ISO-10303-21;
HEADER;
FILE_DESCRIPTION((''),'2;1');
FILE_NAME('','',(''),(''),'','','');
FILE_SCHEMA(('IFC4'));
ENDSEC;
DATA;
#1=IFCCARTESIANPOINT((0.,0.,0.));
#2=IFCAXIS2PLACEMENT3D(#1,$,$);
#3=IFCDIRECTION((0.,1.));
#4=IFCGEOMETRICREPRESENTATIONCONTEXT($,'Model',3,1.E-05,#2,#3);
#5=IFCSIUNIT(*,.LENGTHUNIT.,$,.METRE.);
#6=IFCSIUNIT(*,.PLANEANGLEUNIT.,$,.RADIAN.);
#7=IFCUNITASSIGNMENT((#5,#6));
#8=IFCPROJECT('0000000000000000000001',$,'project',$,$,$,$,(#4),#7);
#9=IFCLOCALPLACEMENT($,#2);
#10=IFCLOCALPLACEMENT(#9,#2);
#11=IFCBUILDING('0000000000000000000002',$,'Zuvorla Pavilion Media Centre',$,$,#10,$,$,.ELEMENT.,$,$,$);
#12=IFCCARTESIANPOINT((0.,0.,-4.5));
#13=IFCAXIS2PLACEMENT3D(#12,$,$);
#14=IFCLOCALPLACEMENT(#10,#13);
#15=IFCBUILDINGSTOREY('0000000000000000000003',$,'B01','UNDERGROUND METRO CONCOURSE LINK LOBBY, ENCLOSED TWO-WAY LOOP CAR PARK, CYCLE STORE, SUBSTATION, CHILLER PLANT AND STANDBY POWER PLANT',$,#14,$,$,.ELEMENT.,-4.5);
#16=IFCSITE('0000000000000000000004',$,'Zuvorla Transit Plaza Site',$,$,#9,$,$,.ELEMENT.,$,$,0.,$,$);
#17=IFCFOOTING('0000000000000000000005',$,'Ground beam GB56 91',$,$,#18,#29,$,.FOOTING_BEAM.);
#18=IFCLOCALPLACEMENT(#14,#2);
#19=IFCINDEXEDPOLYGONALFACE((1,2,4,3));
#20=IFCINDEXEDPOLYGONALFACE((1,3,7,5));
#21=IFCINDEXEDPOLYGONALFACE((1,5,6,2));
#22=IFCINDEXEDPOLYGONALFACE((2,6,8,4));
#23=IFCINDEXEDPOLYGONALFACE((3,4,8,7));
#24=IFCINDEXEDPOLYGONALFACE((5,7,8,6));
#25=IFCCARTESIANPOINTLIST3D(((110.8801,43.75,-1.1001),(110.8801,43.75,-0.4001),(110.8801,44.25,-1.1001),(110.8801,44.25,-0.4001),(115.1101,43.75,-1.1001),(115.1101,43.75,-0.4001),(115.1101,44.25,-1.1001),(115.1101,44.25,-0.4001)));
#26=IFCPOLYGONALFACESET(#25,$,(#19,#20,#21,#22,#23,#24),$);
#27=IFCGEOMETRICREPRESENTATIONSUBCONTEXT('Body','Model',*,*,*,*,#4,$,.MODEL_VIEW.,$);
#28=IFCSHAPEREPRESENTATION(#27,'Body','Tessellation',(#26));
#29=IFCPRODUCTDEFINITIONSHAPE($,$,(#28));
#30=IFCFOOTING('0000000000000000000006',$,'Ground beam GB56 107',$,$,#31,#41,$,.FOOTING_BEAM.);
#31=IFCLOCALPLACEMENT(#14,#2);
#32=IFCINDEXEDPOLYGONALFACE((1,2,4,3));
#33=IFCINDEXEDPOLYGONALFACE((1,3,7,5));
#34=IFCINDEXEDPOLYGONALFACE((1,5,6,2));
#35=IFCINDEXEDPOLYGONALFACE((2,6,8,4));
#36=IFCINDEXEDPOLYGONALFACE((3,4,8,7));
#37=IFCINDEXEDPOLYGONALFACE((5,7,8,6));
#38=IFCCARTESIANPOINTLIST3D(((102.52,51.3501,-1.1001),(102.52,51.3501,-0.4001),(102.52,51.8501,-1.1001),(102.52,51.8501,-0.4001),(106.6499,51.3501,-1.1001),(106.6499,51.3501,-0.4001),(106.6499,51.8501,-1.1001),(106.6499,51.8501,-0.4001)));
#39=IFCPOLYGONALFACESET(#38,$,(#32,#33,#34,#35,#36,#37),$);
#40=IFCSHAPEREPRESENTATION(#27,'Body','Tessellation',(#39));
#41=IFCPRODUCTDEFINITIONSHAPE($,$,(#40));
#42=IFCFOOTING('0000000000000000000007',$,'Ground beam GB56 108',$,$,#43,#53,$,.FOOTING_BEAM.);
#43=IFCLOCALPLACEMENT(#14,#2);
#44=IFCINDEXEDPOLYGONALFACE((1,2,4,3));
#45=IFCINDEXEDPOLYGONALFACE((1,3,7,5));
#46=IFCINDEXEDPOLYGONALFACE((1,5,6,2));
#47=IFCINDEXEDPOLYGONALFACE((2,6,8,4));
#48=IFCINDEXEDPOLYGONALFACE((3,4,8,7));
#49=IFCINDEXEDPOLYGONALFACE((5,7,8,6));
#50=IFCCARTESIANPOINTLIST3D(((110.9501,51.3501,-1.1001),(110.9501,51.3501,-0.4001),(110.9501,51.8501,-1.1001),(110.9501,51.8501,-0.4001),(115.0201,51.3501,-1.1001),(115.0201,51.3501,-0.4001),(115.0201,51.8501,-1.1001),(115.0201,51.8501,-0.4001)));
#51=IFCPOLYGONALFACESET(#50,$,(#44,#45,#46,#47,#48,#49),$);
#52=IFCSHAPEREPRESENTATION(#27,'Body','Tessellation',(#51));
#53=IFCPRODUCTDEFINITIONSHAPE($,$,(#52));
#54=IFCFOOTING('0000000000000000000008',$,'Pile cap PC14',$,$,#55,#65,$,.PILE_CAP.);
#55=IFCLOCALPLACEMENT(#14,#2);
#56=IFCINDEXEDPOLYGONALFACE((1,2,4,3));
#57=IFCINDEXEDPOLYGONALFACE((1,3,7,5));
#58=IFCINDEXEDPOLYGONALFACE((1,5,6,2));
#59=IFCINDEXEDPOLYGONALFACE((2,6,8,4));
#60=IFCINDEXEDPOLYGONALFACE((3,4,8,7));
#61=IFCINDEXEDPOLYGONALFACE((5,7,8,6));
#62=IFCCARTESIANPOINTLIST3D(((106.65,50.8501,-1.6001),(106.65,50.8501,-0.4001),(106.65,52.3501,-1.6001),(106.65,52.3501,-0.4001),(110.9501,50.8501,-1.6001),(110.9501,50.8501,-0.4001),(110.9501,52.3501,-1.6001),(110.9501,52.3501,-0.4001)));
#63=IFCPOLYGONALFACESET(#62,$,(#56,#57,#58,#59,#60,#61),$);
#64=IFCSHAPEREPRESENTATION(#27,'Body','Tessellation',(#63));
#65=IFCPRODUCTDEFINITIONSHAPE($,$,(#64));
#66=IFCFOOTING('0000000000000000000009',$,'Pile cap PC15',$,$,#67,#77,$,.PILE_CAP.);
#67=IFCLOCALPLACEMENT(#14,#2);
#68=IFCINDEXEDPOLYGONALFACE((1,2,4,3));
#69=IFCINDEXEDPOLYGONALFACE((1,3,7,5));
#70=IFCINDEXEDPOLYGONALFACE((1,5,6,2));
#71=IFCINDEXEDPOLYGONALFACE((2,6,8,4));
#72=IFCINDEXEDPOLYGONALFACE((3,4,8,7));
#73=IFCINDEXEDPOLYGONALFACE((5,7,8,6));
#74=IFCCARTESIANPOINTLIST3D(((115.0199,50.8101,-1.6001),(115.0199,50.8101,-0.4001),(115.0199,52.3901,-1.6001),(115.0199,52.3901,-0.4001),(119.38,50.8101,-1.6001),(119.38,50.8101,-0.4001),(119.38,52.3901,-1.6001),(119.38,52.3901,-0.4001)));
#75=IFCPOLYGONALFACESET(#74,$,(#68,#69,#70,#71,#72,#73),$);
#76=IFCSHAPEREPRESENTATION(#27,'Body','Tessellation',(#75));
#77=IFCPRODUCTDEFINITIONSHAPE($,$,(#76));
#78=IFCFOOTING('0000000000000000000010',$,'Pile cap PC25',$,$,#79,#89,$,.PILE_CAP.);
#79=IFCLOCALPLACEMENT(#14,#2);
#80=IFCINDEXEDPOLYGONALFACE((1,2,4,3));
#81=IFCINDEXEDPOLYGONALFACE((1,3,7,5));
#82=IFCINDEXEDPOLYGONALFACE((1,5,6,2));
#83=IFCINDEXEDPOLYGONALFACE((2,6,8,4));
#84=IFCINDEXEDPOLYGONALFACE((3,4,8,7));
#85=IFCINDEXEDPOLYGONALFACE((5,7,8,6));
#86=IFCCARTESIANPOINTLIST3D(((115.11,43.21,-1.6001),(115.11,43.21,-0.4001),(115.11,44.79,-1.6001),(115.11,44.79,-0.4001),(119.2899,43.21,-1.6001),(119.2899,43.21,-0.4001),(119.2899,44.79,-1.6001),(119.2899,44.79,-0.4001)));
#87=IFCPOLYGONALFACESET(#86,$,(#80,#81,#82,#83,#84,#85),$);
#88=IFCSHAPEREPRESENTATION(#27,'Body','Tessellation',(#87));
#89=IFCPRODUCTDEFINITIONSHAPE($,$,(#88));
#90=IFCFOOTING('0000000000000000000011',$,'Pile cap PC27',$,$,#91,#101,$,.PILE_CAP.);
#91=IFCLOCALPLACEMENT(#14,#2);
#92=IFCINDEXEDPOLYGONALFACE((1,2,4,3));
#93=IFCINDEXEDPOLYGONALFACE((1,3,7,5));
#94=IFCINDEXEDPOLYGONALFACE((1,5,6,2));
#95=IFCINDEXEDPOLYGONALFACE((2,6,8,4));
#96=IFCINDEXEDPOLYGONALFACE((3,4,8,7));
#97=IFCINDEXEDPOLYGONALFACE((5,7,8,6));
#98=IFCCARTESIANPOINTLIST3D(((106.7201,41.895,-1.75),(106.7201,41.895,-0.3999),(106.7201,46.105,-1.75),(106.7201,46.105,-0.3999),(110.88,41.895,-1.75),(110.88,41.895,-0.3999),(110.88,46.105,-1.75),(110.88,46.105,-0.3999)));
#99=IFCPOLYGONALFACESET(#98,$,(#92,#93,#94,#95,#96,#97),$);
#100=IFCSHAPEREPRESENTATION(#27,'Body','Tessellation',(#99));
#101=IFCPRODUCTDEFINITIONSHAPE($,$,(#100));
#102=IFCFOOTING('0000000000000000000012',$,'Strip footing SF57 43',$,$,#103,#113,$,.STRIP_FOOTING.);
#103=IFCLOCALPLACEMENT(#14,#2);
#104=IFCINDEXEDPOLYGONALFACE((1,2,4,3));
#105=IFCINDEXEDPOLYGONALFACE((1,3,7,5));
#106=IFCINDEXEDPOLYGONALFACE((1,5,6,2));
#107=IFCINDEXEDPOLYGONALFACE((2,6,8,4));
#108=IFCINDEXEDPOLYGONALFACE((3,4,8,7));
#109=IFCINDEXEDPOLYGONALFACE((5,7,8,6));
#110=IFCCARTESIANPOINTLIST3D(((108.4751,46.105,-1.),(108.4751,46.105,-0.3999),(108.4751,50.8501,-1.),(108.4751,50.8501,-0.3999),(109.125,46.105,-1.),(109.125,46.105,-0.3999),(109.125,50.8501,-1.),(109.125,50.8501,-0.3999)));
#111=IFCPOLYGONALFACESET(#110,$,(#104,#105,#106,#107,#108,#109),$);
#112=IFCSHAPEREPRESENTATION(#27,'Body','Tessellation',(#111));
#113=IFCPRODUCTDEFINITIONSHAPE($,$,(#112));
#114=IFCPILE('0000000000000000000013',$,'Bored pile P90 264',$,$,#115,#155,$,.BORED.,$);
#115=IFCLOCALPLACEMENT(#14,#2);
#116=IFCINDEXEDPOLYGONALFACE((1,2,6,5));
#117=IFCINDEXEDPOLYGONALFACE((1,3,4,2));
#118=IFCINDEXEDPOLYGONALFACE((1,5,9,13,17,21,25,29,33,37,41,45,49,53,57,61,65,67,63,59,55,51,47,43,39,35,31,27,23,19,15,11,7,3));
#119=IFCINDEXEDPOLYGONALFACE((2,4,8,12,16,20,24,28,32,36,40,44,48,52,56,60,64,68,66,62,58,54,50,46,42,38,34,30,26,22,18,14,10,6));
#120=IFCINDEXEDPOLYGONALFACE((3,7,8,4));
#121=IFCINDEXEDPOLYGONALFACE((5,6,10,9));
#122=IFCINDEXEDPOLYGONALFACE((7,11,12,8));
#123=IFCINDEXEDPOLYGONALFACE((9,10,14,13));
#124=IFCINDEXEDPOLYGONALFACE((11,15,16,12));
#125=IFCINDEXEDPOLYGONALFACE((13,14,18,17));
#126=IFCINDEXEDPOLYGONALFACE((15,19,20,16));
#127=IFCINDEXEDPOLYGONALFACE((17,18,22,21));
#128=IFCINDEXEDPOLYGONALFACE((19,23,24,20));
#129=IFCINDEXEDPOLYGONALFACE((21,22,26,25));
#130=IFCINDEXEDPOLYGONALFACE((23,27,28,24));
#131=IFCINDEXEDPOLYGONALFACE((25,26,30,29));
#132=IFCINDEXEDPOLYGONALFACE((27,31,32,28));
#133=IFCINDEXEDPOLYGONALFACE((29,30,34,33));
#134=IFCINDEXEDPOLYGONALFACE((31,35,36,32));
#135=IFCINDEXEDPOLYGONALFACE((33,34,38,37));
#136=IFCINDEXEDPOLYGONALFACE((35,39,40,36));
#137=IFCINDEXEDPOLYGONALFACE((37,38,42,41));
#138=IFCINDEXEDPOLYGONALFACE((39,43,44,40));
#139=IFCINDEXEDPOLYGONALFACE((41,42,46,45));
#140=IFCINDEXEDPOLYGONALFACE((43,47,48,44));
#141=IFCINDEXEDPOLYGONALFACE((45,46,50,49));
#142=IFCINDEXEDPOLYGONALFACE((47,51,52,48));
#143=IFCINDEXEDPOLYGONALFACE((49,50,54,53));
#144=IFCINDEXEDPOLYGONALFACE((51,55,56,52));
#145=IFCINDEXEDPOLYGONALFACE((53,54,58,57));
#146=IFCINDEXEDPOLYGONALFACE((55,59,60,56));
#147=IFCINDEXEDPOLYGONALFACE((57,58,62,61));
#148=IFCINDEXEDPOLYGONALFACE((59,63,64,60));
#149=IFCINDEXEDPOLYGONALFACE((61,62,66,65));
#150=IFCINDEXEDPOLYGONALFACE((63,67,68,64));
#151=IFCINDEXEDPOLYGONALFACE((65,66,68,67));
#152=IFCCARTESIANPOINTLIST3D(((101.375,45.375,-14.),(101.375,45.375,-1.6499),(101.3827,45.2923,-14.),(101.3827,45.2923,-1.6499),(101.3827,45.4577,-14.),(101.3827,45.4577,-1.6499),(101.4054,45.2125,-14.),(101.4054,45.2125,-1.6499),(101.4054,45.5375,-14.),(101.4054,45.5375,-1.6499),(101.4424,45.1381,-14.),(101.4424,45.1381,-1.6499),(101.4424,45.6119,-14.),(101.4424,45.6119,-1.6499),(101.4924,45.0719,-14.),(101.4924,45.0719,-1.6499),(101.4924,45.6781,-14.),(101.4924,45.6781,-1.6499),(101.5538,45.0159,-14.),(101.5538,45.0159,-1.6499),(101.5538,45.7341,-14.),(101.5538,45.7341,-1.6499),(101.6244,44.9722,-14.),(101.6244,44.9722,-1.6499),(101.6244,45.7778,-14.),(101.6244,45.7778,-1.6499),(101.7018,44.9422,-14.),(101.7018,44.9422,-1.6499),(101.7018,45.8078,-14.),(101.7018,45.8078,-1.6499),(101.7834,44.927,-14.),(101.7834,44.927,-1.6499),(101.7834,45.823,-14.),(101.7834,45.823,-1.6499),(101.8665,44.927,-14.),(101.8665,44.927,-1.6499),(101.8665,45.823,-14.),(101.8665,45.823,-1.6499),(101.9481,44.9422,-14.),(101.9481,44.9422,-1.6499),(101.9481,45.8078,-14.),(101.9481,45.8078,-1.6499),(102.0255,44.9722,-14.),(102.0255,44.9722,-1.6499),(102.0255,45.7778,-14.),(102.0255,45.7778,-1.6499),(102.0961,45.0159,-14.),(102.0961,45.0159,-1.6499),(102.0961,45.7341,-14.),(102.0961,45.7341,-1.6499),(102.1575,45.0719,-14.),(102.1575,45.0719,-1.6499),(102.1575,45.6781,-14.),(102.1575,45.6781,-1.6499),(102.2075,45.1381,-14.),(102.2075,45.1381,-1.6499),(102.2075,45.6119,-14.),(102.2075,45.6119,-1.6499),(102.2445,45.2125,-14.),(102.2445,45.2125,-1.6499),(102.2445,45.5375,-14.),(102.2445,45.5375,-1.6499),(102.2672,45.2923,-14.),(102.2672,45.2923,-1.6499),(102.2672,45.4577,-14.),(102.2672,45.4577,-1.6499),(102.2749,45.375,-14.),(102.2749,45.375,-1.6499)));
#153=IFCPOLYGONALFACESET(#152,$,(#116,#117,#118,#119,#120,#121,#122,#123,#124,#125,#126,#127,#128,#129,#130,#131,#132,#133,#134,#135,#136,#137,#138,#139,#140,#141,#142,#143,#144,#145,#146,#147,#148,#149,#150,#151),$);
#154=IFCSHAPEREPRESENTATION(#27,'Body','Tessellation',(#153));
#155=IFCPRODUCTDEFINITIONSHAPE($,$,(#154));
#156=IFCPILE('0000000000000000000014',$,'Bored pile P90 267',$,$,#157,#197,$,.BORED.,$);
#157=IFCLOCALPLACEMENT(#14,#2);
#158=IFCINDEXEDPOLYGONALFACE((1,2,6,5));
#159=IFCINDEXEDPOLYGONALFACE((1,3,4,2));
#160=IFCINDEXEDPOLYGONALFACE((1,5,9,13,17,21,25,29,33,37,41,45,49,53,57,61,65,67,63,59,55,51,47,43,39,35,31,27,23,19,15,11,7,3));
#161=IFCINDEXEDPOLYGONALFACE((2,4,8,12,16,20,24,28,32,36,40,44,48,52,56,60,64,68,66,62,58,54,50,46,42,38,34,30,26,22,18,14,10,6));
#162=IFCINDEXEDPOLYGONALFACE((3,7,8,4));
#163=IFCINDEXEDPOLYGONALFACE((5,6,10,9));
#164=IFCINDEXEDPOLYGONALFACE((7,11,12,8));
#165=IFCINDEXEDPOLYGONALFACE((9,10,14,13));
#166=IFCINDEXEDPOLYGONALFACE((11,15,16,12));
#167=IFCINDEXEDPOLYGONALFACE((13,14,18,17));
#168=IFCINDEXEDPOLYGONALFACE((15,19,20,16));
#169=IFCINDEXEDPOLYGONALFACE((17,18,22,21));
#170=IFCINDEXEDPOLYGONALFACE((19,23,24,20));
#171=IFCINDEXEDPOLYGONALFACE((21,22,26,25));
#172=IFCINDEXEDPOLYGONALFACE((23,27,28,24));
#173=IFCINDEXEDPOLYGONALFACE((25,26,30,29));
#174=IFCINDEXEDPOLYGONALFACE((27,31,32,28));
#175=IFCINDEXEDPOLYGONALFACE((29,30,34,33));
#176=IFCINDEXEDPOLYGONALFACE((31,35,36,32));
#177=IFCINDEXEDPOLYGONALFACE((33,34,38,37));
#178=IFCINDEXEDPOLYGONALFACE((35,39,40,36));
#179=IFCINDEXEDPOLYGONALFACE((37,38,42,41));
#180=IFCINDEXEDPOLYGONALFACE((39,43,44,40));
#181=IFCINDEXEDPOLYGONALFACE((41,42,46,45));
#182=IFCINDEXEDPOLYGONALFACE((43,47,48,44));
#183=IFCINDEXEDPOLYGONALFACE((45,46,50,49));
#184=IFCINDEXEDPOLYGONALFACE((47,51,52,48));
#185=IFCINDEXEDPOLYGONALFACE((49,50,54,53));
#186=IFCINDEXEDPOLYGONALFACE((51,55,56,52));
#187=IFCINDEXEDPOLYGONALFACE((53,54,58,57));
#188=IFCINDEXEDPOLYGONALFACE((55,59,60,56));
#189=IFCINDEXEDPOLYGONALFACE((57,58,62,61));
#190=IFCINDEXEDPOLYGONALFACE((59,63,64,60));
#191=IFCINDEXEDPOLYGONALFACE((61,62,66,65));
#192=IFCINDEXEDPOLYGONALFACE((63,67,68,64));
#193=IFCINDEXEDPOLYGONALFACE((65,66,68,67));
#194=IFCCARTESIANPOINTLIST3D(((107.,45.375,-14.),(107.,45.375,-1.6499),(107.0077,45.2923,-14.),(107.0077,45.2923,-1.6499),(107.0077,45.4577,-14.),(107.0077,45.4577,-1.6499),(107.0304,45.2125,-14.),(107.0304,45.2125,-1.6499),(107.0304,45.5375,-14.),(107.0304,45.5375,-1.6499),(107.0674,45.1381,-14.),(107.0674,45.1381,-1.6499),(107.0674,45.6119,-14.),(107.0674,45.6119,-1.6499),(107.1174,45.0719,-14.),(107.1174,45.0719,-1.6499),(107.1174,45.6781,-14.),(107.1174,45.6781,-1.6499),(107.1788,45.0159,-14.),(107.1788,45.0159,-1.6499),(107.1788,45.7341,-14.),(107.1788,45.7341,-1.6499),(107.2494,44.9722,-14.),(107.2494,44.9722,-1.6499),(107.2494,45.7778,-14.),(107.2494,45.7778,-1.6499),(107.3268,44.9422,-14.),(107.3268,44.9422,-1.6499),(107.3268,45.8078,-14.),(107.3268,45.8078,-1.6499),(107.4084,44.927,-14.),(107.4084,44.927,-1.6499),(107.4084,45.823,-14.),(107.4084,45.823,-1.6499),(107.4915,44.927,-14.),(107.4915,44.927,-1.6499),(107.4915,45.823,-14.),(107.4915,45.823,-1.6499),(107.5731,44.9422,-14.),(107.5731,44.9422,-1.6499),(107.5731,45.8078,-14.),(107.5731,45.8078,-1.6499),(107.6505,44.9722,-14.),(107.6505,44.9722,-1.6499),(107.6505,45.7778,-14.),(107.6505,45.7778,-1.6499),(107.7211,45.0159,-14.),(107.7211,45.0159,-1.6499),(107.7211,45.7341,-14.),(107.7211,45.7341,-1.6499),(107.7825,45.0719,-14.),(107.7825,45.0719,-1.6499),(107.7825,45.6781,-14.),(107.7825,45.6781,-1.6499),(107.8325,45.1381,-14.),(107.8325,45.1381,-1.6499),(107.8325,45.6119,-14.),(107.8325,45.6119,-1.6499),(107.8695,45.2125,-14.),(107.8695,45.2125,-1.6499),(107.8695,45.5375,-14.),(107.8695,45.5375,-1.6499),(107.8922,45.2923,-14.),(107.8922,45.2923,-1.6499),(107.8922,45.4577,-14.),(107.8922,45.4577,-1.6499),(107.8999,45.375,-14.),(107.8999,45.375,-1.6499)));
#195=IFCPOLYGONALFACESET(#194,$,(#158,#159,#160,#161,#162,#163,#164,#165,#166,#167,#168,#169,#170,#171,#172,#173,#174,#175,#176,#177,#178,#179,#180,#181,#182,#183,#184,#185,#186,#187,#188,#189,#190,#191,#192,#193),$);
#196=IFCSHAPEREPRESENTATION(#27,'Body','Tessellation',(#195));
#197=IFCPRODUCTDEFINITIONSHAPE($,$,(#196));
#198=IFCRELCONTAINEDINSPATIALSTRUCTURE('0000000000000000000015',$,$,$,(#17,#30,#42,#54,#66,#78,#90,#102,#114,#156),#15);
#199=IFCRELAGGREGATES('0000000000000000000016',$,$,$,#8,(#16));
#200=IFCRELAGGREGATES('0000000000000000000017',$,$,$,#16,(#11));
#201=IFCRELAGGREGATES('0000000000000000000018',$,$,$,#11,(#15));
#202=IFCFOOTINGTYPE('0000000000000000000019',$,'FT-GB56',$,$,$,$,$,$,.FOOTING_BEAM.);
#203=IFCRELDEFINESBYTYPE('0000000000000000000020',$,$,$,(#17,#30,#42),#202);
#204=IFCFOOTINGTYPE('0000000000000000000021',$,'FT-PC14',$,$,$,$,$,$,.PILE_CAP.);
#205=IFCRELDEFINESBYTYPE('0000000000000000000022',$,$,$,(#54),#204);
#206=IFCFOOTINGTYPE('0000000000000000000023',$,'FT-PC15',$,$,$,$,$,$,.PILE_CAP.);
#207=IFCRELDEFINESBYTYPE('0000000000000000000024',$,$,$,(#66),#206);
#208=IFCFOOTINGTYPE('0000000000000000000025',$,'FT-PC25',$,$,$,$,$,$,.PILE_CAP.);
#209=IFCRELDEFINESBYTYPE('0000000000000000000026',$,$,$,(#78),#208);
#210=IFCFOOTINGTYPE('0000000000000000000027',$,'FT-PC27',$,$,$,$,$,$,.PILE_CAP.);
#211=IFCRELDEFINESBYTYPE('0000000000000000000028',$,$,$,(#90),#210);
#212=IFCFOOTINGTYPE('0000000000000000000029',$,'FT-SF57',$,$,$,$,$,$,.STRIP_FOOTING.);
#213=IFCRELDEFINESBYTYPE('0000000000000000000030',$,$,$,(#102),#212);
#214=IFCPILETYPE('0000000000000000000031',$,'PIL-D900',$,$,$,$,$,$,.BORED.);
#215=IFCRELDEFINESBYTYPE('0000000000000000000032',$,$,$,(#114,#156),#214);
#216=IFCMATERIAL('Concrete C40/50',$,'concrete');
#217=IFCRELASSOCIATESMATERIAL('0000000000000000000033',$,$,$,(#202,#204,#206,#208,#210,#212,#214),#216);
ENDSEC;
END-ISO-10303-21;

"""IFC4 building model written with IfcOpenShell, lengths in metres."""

from ifc_helpers import new_model, si_unit, direction, frame, origin, origin_2d, place, context, subcontext, project, spatial, rectangle, circle, extrude, material, material_profile, profile_set, type_object, element, save


model = new_model("IFC4")

# Units and contexts
model_context = context("Model", 3, precision=1e-05, world=origin(), true_north=direction((0.0, 1.0)))
body_context = subcontext(model_context, "Body", "Model", "MODEL_VIEW")
ifc_project = project(units=[si_unit("LENGTHUNIT", "METRE"), si_unit("PLANEANGLEUNIT", "RADIAN")], contexts=[model_context])

# Site, building, storey
site_placement = place(None, origin())
site = spatial("IfcSite", under=ifc_project, at=site_placement, Name="Zuvorla Transit Plaza Site", CompositionType="ELEMENT", RefElevation=0.0)
building_placement = place(site_placement, origin())
building = spatial("IfcBuilding", under=site, at=building_placement, Name="Zuvorla Pavilion Media Centre", CompositionType="ELEMENT")
storey_placement = place(building_placement, frame((0.0, 0.0, -4.5)))
storey = spatial("IfcBuildingStorey", under=building, at=storey_placement, Name="B01", Description="UNDERGROUND METRO CONCOURSE LINK LOBBY, ENCLOSED TWO-WAY LOOP CAR PARK, CYCLE STORE, SUBSTATION, CHILLER PLANT AND STANDBY POWER PLANT", CompositionType="ELEMENT", Elevation=-4.5)

# Footings
ifc_material = material(Name="Concrete C40/50", Category="concrete")
footing_type_1 = type_object("IfcFootingType", Name="FT-GB56", PredefinedType="FOOTING_BEAM", material=ifc_material)
footing_1_placement = place(storey_placement, frame((112.9951, 44.0, -1.1001), z_axis=(0.0, 0.0, 1.0), x_axis=(1.0, 0.0, 0.0)))
element("IfcFooting", 1, at=footing_1_placement, inside=storey, type_object=footing_type_1, Name="Ground beam GB56 91", PredefinedType="FOOTING_BEAM", context=body_context, shape_type="SweptSolid", body=[
    extrude(rectangle(XDim=4.23, YDim=0.5, at=origin_2d()), origin(), (0.0, 0.0, 1.0), 0.7),
])
footing_2_placement = place(storey_placement, frame((104.585, 51.6001, -1.1001), z_axis=(0.0, 0.0, 1.0), x_axis=(1.0, 0.0, 0.0)))
element("IfcFooting", 2, at=footing_2_placement, inside=storey, type_object=footing_type_1, Name="Ground beam GB56 107", PredefinedType="FOOTING_BEAM", context=body_context, shape_type="SweptSolid", body=[
    extrude(rectangle(XDim=4.1299, YDim=0.5, at=origin_2d()), origin(), (0.0, 0.0, 1.0), 0.7),
])
footing_3_placement = place(storey_placement, frame((112.9851, 51.6001, -1.1001), z_axis=(0.0, 0.0, 1.0), x_axis=(1.0, 0.0, 0.0)))
element("IfcFooting", 3, at=footing_3_placement, inside=storey, type_object=footing_type_1, Name="Ground beam GB56 108", PredefinedType="FOOTING_BEAM", context=body_context, shape_type="SweptSolid", body=[
    extrude(rectangle(XDim=4.0701, YDim=0.5, at=origin_2d()), origin(), (0.0, 0.0, 1.0), 0.7),
])
footing_type_2 = type_object("IfcFootingType", Name="FT-PC14", PredefinedType="PILE_CAP", material=ifc_material)
footing_4_placement = place(storey_placement, frame((108.8, 51.6001, -1.6001), z_axis=(0.0, 0.0, 1.0), x_axis=(1.0, 0.0, 0.0)))
element("IfcFooting", 4, at=footing_4_placement, inside=storey, type_object=footing_type_2, Name="Pile cap PC14", PredefinedType="PILE_CAP", context=body_context, shape_type="SweptSolid", body=[
    extrude(rectangle(XDim=4.3, YDim=1.5, at=origin_2d()), origin(), (0.0, 0.0, 1.0), 1.2),
])
footing_type_3 = type_object("IfcFootingType", Name="FT-PC15", PredefinedType="PILE_CAP", material=ifc_material)
footing_5_placement = place(storey_placement, frame((117.2, 51.6001, -1.6001), z_axis=(0.0, 0.0, 1.0), x_axis=(1.0, 0.0, 0.0)))
element("IfcFooting", 5, at=footing_5_placement, inside=storey, type_object=footing_type_3, Name="Pile cap PC15", PredefinedType="PILE_CAP", context=body_context, shape_type="SweptSolid", body=[
    extrude(rectangle(XDim=4.3601, YDim=1.5801, at=origin_2d()), origin(), (0.0, 0.0, 1.0), 1.2),
])
footing_type_4 = type_object("IfcFootingType", Name="FT-PC25", PredefinedType="PILE_CAP", material=ifc_material)
footing_6_placement = place(storey_placement, frame((117.2, 44.0, -1.6001), z_axis=(0.0, 0.0, 1.0), x_axis=(1.0, 0.0, 0.0)))
element("IfcFooting", 6, at=footing_6_placement, inside=storey, type_object=footing_type_4, Name="Pile cap PC25", PredefinedType="PILE_CAP", context=body_context, shape_type="SweptSolid", body=[
    extrude(rectangle(XDim=4.1799, YDim=1.5801, at=origin_2d()), origin(), (0.0, 0.0, 1.0), 1.2),
])
footing_type_5 = type_object("IfcFootingType", Name="FT-PC27", PredefinedType="PILE_CAP", material=ifc_material)
footing_7_placement = place(storey_placement, frame((108.8, 44.0, -1.75), z_axis=(0.0, 0.0, 1.0), x_axis=(1.0, 0.0, 0.0)))
element("IfcFooting", 7, at=footing_7_placement, inside=storey, type_object=footing_type_5, Name="Pile cap PC27", PredefinedType="PILE_CAP", context=body_context, shape_type="SweptSolid", body=[
    extrude(rectangle(XDim=4.1599, YDim=4.21, at=origin_2d()), origin(), (0.0, 0.0, 1.0), 1.3501),
])
footing_type_6 = type_object("IfcFootingType", Name="FT-SF57", PredefinedType="STRIP_FOOTING", material=ifc_material)
footing_8_placement = place(storey_placement, frame((108.8, 48.4775, -1.0), z_axis=(0.0, 0.0, 1.0), x_axis=(0.0, 1.0, 0.0)))
element("IfcFooting", 8, at=footing_8_placement, inside=storey, type_object=footing_type_6, Name="Strip footing SF57 43", PredefinedType="STRIP_FOOTING", context=body_context, shape_type="SweptSolid", body=[
    extrude(rectangle(XDim=4.7451, YDim=0.6499, at=origin_2d()), origin(), (0.0, 0.0, 1.0), 0.6001),
])

# Piles
ifc_material_profile_1 = material_profile(ifc_material, circle(Radius=0.45, at=origin_2d()), Name="BORED PILE 900")
ifc_profile_set_1 = profile_set([ifc_material_profile_1], Name="Concrete C40/50")
pile_type = type_object("IfcPileType", Name="PIL-D900", PredefinedType="BORED", material=ifc_profile_set_1)
for number, where, z_axis, x_axis, name in (
    (9, (101.825, 45.375, -1.6499), (0.0, 0.0, -1.0), (1.0, 0.0, 0.0), "Bored pile P90 264"),
    (10, (107.45, 45.375, -1.6499), (0.0, 0.0, -1.0), (1.0, 0.0, 0.0), "Bored pile P90 267"),
):
    element("IfcPile", number, at=place(storey_placement, frame(where, z_axis=z_axis, x_axis=x_axis)), inside=storey, type_object=pile_type, Name=name, PredefinedType="BORED", context=body_context, shape_type="SweptSolid", body=[
        extrude(circle(Radius=0.45, at=origin_2d()), origin(), (0.0, 0.0, 1.0), 12.3501),
    ])

save(model, "model.ifc")
